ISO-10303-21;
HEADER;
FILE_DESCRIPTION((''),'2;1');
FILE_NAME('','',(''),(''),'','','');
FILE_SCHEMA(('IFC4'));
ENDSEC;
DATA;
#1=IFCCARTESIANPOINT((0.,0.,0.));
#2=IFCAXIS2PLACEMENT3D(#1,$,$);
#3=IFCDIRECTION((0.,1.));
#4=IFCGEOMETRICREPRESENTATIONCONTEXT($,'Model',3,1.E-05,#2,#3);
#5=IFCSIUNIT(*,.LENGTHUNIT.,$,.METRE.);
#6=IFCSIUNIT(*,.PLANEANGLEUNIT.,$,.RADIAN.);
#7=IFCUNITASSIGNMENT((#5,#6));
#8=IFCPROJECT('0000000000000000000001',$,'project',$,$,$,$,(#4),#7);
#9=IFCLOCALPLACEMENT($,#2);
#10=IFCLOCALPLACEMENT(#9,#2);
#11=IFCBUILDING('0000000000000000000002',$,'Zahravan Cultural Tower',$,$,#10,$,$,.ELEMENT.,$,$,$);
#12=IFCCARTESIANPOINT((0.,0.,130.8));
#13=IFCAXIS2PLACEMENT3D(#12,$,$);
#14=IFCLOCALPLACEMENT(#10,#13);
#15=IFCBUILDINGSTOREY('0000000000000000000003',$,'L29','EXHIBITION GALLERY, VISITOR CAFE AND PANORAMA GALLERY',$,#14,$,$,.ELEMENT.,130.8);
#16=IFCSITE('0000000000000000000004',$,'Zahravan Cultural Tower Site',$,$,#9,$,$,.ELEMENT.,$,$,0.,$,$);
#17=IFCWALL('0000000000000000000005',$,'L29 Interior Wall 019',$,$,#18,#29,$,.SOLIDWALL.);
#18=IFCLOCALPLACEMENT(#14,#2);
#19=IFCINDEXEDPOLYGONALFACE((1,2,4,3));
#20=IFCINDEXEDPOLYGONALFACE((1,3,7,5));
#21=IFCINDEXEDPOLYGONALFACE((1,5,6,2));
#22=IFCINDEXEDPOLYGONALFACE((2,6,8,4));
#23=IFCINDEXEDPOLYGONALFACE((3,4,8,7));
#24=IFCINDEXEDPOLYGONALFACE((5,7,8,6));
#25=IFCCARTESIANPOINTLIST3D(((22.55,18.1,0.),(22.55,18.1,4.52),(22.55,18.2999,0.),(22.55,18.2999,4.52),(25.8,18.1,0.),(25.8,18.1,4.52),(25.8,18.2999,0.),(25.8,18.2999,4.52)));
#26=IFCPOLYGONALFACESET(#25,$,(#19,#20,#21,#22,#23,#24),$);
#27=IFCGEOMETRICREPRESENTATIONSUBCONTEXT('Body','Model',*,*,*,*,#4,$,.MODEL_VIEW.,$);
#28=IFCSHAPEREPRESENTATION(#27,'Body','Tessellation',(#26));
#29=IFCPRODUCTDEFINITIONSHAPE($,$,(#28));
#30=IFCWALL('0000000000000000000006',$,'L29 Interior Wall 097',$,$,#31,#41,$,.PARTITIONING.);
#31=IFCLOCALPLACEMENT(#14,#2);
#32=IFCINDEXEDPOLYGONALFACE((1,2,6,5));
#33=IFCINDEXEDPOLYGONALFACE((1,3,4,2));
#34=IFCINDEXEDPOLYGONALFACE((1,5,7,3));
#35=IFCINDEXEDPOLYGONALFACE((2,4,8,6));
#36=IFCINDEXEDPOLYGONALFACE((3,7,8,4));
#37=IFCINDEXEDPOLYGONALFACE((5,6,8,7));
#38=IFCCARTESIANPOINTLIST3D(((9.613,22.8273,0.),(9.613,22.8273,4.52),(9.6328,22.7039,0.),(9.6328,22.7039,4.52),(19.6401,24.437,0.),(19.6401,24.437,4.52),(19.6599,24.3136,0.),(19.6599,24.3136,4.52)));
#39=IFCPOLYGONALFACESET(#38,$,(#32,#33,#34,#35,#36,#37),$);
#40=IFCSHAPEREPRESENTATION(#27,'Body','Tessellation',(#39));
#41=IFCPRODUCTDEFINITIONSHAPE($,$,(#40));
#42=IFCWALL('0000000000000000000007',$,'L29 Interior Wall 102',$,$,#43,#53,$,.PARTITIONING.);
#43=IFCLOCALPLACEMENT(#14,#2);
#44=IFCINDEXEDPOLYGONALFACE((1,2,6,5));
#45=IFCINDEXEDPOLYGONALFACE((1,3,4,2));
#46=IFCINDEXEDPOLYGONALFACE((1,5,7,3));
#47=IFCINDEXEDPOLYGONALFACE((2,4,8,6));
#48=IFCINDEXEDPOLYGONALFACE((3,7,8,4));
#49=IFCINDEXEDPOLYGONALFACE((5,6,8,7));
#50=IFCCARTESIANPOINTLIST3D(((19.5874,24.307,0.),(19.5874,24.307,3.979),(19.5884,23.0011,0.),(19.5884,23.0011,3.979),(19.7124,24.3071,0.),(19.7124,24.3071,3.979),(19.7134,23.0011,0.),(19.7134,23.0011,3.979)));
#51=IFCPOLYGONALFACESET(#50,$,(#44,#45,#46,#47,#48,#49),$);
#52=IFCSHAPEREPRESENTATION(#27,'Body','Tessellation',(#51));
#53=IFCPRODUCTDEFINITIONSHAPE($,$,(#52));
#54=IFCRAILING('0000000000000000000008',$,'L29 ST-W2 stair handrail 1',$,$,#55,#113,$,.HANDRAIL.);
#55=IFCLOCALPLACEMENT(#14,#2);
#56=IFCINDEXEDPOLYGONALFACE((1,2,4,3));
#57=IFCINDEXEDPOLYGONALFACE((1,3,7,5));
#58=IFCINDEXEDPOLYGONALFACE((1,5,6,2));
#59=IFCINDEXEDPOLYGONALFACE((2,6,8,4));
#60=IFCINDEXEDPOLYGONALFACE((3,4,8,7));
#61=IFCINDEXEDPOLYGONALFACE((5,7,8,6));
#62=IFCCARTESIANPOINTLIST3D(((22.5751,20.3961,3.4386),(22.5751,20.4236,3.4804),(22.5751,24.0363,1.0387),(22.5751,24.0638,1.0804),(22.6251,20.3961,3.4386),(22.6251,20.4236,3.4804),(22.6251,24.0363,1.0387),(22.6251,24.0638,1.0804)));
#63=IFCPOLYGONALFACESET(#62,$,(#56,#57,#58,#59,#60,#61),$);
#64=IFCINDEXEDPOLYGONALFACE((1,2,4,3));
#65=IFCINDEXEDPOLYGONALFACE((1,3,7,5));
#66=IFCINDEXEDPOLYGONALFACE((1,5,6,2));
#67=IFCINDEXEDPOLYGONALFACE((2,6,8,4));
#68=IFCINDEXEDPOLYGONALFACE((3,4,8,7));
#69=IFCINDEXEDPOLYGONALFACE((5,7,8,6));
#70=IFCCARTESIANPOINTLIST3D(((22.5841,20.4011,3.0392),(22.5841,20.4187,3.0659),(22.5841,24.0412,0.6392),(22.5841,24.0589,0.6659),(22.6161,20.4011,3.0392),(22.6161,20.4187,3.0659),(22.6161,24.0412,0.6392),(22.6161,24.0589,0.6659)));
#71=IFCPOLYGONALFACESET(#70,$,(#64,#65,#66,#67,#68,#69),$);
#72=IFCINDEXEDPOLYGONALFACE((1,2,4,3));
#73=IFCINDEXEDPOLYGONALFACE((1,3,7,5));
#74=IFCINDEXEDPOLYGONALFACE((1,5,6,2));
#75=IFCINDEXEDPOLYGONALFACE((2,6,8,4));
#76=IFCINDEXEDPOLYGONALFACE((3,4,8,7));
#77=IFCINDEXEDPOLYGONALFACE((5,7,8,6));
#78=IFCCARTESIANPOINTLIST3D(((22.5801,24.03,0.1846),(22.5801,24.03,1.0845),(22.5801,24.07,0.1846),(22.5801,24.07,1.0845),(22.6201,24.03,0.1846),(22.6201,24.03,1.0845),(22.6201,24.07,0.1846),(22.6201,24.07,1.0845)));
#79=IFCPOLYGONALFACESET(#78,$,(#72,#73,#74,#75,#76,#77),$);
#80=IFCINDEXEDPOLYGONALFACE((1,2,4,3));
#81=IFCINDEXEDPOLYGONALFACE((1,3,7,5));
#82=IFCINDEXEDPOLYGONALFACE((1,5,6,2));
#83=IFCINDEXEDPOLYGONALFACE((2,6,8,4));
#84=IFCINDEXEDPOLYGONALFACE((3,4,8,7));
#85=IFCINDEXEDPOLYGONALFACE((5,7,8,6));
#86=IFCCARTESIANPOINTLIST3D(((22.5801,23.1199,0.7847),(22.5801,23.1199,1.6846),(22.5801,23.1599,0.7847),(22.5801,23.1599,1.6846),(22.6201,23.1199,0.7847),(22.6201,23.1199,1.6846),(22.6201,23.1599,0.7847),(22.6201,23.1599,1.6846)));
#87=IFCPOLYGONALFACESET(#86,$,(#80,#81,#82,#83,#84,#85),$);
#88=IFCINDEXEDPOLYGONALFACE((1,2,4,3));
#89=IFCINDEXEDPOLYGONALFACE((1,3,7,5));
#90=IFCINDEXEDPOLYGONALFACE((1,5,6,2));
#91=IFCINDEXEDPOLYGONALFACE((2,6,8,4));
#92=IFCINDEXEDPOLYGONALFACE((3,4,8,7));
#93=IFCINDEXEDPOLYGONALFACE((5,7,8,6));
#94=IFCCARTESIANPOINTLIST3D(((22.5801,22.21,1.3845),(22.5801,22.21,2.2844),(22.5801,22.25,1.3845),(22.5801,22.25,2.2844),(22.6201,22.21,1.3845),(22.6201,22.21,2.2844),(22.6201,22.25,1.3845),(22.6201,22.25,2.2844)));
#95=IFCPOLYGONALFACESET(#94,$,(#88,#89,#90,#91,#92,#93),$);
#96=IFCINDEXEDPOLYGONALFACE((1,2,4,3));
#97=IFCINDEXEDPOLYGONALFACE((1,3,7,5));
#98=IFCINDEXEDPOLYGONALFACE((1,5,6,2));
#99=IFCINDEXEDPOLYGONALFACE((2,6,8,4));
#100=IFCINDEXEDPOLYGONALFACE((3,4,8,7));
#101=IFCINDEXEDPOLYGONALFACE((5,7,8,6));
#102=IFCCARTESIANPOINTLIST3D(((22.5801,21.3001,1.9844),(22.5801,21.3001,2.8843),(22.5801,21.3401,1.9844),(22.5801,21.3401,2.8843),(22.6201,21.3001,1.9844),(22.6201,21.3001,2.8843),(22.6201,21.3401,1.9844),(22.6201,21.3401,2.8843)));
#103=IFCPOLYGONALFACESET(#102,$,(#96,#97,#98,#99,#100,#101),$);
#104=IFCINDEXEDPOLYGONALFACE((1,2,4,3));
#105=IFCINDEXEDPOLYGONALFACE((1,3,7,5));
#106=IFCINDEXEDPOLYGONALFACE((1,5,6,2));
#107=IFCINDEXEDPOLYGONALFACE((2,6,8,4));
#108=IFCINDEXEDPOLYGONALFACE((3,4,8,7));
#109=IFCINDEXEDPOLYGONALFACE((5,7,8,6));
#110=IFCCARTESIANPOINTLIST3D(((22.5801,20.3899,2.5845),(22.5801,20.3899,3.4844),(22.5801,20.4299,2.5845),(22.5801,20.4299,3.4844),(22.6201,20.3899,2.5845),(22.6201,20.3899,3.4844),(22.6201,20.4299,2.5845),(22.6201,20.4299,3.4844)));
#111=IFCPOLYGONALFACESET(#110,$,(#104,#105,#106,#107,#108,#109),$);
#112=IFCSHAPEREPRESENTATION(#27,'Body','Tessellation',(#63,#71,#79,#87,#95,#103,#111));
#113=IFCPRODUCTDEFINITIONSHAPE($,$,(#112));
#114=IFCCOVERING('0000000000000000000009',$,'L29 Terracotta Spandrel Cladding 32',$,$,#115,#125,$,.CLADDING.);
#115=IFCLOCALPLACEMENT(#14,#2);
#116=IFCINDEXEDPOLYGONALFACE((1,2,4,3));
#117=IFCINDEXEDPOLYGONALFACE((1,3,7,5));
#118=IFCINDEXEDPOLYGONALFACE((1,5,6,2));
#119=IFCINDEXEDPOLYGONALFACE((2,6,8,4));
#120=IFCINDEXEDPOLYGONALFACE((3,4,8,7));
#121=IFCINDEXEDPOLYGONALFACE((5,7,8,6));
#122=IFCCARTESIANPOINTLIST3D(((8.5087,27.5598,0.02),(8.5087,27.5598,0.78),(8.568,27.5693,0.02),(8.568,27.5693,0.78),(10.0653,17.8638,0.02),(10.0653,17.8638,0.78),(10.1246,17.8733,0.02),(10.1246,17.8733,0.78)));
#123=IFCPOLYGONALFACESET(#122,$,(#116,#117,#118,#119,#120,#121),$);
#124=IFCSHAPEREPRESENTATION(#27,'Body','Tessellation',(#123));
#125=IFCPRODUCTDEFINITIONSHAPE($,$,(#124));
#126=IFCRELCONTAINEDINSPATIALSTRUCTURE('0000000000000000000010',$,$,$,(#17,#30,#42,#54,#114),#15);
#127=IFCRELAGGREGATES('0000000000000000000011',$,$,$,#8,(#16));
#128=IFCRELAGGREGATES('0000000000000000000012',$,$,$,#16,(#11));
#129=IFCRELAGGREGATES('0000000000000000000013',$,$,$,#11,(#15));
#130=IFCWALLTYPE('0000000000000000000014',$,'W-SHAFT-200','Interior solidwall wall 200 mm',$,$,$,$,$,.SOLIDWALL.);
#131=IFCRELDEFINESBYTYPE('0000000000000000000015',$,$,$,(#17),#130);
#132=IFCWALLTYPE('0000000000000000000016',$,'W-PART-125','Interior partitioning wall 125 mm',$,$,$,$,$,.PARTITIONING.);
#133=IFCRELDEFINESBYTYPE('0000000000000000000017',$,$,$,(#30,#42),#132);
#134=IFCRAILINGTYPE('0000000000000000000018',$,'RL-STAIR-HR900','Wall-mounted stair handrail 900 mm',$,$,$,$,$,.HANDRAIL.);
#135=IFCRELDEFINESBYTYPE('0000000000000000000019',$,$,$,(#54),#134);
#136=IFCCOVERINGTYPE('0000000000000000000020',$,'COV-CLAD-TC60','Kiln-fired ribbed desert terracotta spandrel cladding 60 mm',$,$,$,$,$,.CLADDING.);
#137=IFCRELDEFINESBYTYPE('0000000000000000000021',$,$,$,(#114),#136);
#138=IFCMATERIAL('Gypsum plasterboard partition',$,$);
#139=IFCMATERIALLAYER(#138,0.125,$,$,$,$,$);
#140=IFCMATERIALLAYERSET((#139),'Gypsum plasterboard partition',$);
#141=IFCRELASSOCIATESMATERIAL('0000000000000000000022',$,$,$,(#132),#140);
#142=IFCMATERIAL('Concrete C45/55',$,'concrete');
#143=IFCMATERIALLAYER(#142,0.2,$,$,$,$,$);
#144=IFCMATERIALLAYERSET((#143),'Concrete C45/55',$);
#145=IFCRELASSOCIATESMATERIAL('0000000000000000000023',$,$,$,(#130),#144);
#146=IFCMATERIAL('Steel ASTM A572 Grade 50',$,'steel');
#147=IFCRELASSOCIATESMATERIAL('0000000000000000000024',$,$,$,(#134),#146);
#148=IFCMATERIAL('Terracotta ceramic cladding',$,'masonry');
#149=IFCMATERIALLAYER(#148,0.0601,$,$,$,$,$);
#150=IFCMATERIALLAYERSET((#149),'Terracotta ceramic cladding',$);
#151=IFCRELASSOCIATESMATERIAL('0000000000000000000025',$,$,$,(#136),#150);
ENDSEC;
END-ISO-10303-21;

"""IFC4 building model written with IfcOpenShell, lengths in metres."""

from ifc_helpers import new_model, si_unit, direction, frame, frame_2d, origin, origin_2d, place, context, subcontext, project, spatial, rectangle, extrude, source, transform, mapped, material, layer, layer_set, type_object, element, save


model = new_model("IFC4")

# Units and contexts
model_context = context("Model", 3, precision=1e-05, world=origin(), true_north=direction((0.0, 1.0)))
body_context = subcontext(model_context, "Body", "Model", "MODEL_VIEW")
ifc_project = project(units=[si_unit("LENGTHUNIT", "METRE"), si_unit("PLANEANGLEUNIT", "RADIAN")], contexts=[model_context])

# Site, building, storey
site_placement = place(None, origin())
site = spatial("IfcSite", under=ifc_project, at=site_placement, Name="Zahravan Cultural Tower Site", CompositionType="ELEMENT", RefElevation=0.0)
building_placement = place(site_placement, origin())
building = spatial("IfcBuilding", under=site, at=building_placement, Name="Zahravan Cultural Tower", CompositionType="ELEMENT")
storey_placement = place(building_placement, frame((0.0, 0.0, 130.8)))
storey = spatial("IfcBuildingStorey", under=building, at=storey_placement, Name="L29", Description="EXHIBITION GALLERY, VISITOR CAFE AND PANORAMA GALLERY", CompositionType="ELEMENT", Elevation=130.8)

# Shared definitions
ifc_material_1 = material(Name="Steel ASTM A572 Grade 50", Category="steel")

# Shared definitions
ifc_material_2 = material(Name="Gypsum plasterboard partition")
ifc_layer_1 = layer(ifc_material_2, 0.125)
ifc_layer_set_1 = layer_set([ifc_layer_1], Name="Gypsum plasterboard partition")
wall_type_1 = type_object("IfcWallType", Name="W-PART-125", Description="Interior partitioning wall 125 mm", PredefinedType="PARTITIONING", material=ifc_layer_set_1)

# Walls
ifc_material_3 = material(Name="Concrete C45/55", Category="concrete")
ifc_layer_2 = layer(ifc_material_3, 0.2)
ifc_layer_set_2 = layer_set([ifc_layer_2], Name="Concrete C45/55")
wall_type_2 = type_object("IfcWallType", Name="W-SHAFT-200", Description="Interior solidwall wall 200 mm", PredefinedType="SOLIDWALL", material=ifc_layer_set_2)
shared_shape_1 = source(origin(), body_context, "Body", "SweptSolid", [
    extrude(rectangle(XDim=3.25, YDim=0.2, at=frame_2d((1.625, 0.0))), origin(), (0.0, 0.0, 1.0), 4.52),
])
wall_1_placement = place(storey_placement, frame((22.55, 18.2, 0.0), z_axis=(0.0, 0.0, 1.0), x_axis=(1.0, 0.0, 0.0)))
element("IfcWall", 1, at=wall_1_placement, inside=storey, type_object=wall_type_2, Name="L29 Interior Wall 019", PredefinedType="SOLIDWALL", context=body_context, shape_type="MappedRepresentation", body=[
    mapped(shared_shape_1, transform((0.0, 0.0, 0.0), x_axis=(1.0, 0.0, 0.0), y_axis=(0.0, 1.0, 0.0), z_axis=(0.0, 0.0, 1.0), scale=1.0)),
])
shared_shape_2 = source(origin(), body_context, "Body", "SweptSolid", [
    extrude(rectangle(XDim=10.1555, YDim=0.125, at=frame_2d((5.0776, 0.0))), origin(), (0.0, 0.0, 1.0), 4.52),
])
wall_2_placement = place(storey_placement, frame((19.6499, 24.3752, 0.0), z_axis=(0.0, 0.0, 1.0), x_axis=(-0.987359, -0.158498, 0.0)))
element("IfcWall", 2, at=wall_2_placement, inside=storey, type_object=wall_type_1, Name="L29 Interior Wall 097", PredefinedType="PARTITIONING", context=body_context, shape_type="MappedRepresentation", body=[
    mapped(shared_shape_2, transform((0.0, 0.0, 0.0), x_axis=(1.0, 0.0, 0.0), y_axis=(0.0, 1.0, 0.0), z_axis=(0.0, 0.0, 1.0), scale=1.0)),
])
shared_shape_3 = source(origin(), body_context, "Body", "SweptSolid", [
    extrude(rectangle(XDim=1.3059, YDim=0.125, at=frame_2d((0.6528, 0.0))), origin(), (0.0, 0.0, 1.0), 3.979),
])
wall_3_placement = place(storey_placement, frame((19.6499, 24.3069, 0.0), z_axis=(0.0, 0.0, 1.0), x_axis=(0.000748, -1.0, 0.0)))
element("IfcWall", 3, at=wall_3_placement, inside=storey, type_object=wall_type_1, Name="L29 Interior Wall 102", PredefinedType="PARTITIONING", context=body_context, shape_type="MappedRepresentation", body=[
    mapped(shared_shape_3, transform((0.0, 0.0, 0.0), x_axis=(1.0, 0.0, 0.0), y_axis=(0.0, 1.0, 0.0), z_axis=(0.0, 0.0, 1.0), scale=1.0)),
])

# Railing
railing_type = type_object("IfcRailingType", Name="RL-STAIR-HR900", Description="Wall-mounted stair handrail 900 mm", PredefinedType="HANDRAIL", material=ifc_material_1)
railing_placement = place(storey_placement, frame((22.6001, 24.05, 0.1846)))
element("IfcRailing", 4, at=railing_placement, inside=storey, type_object=railing_type, Name="L29 ST-W2 stair handrail 1", PredefinedType="HANDRAIL", context=body_context, shape_type="SweptSolid", body=[
    extrude(rectangle(XDim=0.05, YDim=0.05, at=origin_2d()), frame((0.0, 0.0, 0.875), z_axis=(0.0, -0.834882, 0.550429), x_axis=(1.0, 0.0, 0.0)), (0.0, 0.0, 1.0), 4.3601),
    extrude(rectangle(XDim=0.032, YDim=0.032, at=origin_2d()), frame((0.0, 0.0, 0.468), z_axis=(0.0, -0.834882, 0.550429), x_axis=(1.0, 0.0, 0.0)), (0.0, 0.0, 1.0), 4.3601),
    extrude(rectangle(XDim=0.04, YDim=0.04, at=origin_2d()), origin(), (0.0, 0.0, 1.0), 0.8999),
    extrude(rectangle(XDim=0.04, YDim=0.04, at=origin_2d()), frame((0.0, -0.9102, 0.6001)), (0.0, 0.0, 1.0), 0.8999),
    extrude(rectangle(XDim=0.04, YDim=0.04, at=origin_2d()), frame((0.0, -1.8201, 1.2)), (0.0, 0.0, 1.0), 0.8999),
    extrude(rectangle(XDim=0.04, YDim=0.04, at=origin_2d()), frame((0.0, -2.73, 1.7998)), (0.0, 0.0, 1.0), 0.8999),
    extrude(rectangle(XDim=0.04, YDim=0.04, at=origin_2d()), frame((0.0, -3.6401, 2.3999)), (0.0, 0.0, 1.0), 0.8999),
])

# Covering
ifc_material_4 = material(Name="Terracotta ceramic cladding", Category="masonry")
ifc_layer_3 = layer(ifc_material_4, 0.0601)
ifc_layer_set_3 = layer_set([ifc_layer_3], Name="Terracotta ceramic cladding")
covering_type = type_object("IfcCoveringType", Name="COV-CLAD-TC60", Description="Kiln-fired ribbed desert terracotta spandrel cladding 60 mm", PredefinedType="CLADDING", material=ifc_layer_set_3)
shared_shape_4 = source(origin(), body_context, "Body", "SweptSolid", [
    extrude(rectangle(XDim=9.8201, YDim=0.0601, at=origin_2d()), origin(), (0.0, 0.0, 1.0), 0.76),
])
covering_placement = place(storey_placement, frame((9.3167, 22.7166, 0.02), z_axis=(0.0, 0.0, 1.0), x_axis=(-0.158503, 0.987359, 0.0)))
element("IfcCovering", 5, at=covering_placement, inside=storey, type_object=covering_type, Name="L29 Terracotta Spandrel Cladding 32", PredefinedType="CLADDING", context=body_context, shape_type="MappedRepresentation", body=[
    mapped(shared_shape_4, transform((0.0, 0.0, 0.0), x_axis=(1.0, 0.0, 0.0), y_axis=(0.0, 1.0, 0.0), z_axis=(0.0, 0.0, 1.0), scale=1.0)),
])

save(model, "model.ifc")
